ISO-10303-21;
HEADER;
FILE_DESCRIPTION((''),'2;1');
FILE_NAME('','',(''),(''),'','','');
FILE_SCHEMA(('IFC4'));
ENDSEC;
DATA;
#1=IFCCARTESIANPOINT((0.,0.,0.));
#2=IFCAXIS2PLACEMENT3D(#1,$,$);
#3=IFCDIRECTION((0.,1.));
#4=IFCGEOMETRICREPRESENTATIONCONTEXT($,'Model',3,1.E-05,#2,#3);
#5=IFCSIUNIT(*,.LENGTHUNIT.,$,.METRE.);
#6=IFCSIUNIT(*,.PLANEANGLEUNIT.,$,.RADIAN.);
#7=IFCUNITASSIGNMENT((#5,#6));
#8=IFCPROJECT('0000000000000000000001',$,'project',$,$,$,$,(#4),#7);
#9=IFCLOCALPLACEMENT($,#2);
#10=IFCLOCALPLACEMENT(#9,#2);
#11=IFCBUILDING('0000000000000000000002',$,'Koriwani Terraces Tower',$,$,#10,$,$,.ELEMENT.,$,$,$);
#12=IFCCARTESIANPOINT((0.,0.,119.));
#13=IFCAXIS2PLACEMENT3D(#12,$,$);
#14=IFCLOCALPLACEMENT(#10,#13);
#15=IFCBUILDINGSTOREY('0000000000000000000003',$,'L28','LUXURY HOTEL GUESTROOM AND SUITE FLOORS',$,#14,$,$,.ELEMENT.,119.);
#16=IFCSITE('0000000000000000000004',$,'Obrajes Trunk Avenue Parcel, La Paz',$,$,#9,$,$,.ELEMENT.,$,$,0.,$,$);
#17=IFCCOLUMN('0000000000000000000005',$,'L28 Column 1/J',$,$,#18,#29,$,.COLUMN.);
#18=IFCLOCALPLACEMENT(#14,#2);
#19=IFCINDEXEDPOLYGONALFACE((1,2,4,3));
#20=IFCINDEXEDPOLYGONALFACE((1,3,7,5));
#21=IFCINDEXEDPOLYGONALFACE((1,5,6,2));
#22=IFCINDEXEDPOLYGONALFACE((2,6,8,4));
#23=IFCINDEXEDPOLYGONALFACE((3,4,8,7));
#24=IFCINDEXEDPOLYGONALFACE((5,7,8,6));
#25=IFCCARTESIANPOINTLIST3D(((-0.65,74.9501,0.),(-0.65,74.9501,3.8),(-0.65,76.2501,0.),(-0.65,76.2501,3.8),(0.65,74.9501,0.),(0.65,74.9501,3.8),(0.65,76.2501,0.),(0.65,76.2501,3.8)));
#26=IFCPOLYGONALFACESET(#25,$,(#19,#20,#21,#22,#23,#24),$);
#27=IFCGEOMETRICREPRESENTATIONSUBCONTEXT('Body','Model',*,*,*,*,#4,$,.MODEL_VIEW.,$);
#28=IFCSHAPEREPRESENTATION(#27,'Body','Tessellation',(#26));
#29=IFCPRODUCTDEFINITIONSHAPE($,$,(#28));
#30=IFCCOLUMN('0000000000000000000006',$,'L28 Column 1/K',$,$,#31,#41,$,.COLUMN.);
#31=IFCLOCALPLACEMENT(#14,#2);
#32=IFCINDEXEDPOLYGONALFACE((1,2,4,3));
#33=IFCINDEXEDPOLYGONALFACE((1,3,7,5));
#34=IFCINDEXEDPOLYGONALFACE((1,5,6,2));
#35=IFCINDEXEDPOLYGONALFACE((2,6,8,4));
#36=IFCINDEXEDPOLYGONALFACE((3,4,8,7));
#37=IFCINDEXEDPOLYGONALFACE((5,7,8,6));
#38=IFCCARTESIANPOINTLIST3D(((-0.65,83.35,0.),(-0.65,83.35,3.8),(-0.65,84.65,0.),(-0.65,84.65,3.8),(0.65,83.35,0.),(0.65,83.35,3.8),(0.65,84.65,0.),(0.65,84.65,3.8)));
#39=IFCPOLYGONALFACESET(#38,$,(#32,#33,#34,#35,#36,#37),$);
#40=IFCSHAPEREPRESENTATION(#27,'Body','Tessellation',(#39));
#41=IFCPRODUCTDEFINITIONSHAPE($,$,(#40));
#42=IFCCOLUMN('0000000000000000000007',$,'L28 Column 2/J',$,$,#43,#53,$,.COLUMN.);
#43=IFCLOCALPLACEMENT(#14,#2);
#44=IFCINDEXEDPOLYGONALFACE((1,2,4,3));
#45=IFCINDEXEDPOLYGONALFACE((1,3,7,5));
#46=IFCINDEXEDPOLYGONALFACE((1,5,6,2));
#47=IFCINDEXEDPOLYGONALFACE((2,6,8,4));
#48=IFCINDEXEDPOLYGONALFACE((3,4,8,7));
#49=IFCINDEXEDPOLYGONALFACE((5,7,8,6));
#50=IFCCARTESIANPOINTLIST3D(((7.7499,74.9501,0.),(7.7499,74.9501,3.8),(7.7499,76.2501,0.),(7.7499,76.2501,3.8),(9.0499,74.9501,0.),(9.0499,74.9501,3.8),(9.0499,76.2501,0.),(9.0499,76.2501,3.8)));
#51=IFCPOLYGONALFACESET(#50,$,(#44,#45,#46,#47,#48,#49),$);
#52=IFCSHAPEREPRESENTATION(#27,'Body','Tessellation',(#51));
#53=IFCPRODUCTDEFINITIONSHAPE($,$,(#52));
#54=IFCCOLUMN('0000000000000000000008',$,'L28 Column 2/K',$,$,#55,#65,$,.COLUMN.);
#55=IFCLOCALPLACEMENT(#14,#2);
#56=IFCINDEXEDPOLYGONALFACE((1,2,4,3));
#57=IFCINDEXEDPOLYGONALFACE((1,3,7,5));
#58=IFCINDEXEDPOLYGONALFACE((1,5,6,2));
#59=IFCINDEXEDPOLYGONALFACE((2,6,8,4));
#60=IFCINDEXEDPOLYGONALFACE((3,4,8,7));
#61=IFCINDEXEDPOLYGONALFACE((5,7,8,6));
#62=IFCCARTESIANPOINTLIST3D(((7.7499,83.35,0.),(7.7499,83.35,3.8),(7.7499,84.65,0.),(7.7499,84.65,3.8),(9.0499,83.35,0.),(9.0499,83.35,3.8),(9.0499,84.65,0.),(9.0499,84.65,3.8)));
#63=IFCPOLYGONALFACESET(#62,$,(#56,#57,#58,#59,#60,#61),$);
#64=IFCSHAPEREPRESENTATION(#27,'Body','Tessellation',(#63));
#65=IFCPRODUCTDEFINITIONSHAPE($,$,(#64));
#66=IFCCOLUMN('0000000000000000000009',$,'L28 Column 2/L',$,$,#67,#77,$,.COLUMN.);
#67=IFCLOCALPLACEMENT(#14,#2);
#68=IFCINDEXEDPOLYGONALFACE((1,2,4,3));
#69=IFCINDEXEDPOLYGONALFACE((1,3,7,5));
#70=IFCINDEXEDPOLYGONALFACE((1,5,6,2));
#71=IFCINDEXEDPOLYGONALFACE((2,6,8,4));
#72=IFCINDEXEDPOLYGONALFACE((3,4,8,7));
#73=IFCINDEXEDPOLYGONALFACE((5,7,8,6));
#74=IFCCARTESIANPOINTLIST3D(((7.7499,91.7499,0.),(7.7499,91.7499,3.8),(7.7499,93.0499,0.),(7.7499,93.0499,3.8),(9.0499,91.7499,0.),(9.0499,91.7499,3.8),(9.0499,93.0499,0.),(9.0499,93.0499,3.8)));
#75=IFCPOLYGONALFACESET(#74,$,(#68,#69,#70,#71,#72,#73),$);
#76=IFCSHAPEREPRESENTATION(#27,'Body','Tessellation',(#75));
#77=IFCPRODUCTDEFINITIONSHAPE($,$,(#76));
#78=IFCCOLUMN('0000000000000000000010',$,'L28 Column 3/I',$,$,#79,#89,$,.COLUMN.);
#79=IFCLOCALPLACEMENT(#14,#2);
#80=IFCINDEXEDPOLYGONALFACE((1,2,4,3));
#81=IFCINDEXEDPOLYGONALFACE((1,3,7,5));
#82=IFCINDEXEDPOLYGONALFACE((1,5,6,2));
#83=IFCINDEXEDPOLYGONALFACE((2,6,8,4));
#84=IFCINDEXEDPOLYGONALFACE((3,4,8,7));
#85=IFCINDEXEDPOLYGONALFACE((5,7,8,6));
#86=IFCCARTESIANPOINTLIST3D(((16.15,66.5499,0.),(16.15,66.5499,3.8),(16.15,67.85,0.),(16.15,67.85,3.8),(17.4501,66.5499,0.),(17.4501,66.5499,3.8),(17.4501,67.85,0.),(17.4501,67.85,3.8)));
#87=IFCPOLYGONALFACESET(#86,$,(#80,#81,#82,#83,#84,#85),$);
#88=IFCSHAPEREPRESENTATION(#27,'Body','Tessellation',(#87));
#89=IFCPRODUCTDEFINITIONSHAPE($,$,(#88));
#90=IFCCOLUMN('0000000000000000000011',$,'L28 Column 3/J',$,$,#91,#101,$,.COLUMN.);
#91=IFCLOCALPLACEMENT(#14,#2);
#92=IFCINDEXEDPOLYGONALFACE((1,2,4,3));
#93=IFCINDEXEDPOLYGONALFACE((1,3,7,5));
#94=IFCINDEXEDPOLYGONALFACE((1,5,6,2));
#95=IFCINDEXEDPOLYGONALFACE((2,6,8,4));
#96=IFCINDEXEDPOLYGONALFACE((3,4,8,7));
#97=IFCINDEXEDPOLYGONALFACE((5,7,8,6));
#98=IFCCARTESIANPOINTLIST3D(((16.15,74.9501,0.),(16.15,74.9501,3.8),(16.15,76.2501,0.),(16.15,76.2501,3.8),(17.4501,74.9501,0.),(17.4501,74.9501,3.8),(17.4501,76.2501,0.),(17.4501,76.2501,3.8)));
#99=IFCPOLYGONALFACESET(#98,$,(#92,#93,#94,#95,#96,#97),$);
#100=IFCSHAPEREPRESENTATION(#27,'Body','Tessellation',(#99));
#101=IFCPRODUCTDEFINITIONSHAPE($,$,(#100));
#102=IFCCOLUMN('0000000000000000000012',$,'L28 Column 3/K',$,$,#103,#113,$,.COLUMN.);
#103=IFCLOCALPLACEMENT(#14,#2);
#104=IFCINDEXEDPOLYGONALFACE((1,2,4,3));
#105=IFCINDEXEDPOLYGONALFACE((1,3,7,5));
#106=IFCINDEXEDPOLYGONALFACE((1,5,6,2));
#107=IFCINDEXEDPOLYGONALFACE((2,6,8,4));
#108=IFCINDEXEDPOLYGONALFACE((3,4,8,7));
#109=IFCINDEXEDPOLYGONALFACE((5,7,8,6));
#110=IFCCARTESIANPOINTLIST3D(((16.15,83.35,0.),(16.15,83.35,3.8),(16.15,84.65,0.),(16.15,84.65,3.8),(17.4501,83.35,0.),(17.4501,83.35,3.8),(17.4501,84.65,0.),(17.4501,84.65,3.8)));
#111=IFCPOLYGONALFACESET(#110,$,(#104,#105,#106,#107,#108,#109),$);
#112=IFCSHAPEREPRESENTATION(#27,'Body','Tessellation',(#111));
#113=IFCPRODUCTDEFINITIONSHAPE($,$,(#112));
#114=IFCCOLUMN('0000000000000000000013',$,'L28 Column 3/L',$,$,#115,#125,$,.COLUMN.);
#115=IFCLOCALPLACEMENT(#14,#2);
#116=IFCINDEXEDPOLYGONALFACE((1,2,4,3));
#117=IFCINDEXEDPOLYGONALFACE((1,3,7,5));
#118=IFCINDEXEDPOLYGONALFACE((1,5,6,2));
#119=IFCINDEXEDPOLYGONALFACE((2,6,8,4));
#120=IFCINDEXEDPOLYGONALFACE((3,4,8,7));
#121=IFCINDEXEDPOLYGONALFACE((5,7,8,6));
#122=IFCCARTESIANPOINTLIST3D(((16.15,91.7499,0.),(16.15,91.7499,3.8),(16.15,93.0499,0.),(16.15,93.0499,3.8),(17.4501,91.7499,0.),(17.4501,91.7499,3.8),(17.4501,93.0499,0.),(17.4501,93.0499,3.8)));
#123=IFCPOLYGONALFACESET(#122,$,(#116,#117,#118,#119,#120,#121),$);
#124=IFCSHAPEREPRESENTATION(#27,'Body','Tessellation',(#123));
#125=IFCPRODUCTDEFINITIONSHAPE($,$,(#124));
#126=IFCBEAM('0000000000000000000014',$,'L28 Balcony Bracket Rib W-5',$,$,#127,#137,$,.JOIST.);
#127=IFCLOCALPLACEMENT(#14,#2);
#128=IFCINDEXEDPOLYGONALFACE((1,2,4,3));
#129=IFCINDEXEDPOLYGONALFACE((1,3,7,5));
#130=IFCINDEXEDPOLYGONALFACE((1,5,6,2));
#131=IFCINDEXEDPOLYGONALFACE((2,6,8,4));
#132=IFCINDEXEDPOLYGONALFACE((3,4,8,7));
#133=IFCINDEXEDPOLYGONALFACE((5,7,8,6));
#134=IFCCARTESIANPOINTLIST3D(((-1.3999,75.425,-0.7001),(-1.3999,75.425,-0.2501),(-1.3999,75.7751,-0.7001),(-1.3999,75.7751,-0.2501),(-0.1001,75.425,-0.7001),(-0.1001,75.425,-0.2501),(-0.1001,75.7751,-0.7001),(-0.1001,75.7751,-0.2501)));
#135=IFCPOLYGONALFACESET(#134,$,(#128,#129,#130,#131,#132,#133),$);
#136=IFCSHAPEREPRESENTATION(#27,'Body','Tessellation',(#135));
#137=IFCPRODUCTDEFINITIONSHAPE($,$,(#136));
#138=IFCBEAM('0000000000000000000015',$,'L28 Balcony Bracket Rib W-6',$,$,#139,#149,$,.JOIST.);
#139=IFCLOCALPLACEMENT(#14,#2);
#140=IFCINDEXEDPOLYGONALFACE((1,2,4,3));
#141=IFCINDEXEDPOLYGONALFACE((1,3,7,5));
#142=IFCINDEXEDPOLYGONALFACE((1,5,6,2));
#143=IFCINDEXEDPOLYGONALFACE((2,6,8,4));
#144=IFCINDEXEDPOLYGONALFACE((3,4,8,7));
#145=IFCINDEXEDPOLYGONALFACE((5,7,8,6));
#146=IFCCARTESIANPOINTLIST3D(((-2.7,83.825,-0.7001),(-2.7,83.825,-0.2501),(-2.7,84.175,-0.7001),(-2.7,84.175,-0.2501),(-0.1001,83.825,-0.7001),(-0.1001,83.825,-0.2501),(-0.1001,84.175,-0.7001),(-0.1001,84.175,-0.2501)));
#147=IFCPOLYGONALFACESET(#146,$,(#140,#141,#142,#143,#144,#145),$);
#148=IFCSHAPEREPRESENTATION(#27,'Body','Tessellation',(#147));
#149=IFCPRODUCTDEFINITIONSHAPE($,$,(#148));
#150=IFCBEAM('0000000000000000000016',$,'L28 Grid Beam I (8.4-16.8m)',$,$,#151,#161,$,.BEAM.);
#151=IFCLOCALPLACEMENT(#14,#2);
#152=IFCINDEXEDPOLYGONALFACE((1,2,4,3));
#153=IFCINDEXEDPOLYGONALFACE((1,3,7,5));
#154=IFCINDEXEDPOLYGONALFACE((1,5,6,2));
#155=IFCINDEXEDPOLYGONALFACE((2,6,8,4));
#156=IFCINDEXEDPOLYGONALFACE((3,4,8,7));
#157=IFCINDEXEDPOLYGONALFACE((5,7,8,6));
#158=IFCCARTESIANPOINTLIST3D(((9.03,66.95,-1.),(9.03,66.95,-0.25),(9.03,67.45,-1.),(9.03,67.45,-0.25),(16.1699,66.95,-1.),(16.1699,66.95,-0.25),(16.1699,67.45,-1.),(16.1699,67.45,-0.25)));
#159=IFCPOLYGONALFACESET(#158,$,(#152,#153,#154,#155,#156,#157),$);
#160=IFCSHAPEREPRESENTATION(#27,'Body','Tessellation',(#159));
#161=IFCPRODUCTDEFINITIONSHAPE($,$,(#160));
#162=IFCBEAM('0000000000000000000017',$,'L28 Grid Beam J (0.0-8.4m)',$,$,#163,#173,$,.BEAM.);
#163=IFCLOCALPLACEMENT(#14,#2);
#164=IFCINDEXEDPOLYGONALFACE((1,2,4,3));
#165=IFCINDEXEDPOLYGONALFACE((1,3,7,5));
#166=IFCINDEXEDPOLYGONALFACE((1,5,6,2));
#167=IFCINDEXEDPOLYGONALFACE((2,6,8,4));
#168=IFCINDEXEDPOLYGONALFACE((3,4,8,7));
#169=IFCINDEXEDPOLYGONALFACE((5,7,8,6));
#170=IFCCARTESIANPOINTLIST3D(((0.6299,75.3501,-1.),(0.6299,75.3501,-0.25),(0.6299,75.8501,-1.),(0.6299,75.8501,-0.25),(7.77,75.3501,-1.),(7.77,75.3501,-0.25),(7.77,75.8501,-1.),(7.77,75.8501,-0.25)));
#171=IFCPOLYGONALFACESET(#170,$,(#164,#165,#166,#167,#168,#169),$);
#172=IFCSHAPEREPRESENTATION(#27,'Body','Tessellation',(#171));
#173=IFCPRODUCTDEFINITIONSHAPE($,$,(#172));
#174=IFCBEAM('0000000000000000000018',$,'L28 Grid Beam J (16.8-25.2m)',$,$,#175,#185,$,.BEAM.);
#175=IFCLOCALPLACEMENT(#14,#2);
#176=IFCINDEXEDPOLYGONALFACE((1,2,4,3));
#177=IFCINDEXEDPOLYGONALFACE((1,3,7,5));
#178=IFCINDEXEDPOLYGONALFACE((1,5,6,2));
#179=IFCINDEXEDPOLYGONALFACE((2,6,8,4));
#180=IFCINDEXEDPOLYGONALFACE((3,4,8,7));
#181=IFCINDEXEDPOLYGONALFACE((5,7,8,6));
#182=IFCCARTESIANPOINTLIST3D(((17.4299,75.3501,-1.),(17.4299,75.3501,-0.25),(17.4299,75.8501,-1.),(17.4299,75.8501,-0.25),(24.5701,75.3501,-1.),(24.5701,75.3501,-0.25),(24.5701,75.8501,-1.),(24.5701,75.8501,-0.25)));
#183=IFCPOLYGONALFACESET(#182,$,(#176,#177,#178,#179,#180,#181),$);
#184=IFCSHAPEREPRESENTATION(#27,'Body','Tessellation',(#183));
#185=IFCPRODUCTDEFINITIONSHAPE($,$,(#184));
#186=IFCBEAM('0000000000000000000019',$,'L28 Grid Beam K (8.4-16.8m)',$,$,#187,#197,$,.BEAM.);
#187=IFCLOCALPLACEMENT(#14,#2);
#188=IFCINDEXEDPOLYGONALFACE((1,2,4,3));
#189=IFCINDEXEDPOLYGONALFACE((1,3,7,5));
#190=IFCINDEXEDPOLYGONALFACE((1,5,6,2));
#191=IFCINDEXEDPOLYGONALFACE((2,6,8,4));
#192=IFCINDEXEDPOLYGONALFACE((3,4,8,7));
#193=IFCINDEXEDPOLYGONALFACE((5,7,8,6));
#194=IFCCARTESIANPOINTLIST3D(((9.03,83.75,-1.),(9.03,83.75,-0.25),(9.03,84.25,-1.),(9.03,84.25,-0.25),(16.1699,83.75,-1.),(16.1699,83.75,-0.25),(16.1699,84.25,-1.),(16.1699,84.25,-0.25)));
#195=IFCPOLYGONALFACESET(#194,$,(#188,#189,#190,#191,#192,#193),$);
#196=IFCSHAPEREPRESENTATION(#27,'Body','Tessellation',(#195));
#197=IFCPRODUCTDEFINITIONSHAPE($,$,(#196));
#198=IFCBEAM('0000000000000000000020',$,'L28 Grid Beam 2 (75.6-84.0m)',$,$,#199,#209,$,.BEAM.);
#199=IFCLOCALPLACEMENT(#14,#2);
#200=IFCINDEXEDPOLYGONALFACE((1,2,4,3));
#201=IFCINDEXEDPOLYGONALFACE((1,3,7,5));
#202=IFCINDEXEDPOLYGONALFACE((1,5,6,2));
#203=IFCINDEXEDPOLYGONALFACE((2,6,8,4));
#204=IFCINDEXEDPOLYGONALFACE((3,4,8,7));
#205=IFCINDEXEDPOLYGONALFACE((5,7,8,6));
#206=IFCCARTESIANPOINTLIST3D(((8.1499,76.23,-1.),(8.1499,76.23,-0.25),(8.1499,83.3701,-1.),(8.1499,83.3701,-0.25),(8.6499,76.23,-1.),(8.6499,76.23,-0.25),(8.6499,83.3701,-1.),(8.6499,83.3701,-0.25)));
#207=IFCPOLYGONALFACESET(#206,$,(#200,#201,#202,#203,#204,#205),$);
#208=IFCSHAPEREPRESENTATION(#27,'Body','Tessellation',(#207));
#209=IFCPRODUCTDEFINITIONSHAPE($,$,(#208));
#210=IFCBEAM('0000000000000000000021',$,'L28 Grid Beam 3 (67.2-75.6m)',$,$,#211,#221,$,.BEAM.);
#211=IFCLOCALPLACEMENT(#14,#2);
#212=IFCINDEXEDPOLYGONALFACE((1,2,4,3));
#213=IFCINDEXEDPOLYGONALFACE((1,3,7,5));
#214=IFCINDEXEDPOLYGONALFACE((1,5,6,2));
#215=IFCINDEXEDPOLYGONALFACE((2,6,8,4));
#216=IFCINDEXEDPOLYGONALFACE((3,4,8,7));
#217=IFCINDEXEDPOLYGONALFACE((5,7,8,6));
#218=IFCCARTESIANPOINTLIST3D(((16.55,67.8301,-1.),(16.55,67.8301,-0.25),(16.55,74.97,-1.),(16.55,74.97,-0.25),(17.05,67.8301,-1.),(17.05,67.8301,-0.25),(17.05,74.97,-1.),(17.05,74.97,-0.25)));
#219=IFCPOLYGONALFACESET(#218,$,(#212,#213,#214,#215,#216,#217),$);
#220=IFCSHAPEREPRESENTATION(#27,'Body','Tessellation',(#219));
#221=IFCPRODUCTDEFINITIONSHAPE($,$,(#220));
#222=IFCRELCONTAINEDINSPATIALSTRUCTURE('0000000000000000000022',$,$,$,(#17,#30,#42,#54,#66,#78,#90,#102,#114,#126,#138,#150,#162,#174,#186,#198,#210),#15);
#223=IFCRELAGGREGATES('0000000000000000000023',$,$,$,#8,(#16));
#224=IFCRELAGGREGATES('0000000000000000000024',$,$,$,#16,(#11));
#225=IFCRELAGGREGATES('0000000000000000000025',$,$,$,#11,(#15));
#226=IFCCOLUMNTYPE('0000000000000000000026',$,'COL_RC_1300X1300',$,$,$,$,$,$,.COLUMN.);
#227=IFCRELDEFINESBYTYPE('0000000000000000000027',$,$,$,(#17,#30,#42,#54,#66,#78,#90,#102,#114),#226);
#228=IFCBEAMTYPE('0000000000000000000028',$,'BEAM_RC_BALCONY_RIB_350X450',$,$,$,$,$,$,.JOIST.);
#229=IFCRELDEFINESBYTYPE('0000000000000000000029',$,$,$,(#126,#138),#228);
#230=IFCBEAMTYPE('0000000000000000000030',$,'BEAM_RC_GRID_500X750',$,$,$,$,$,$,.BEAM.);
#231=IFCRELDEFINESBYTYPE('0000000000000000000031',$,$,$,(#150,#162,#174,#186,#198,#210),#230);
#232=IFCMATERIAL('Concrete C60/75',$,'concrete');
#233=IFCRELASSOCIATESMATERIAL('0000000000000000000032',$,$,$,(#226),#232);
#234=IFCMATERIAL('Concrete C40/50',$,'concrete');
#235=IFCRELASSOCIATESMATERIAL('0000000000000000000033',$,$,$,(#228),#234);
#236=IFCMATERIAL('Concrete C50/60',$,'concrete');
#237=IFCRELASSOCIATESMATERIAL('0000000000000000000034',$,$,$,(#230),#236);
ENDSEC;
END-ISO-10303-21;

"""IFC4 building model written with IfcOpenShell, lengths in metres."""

from ifc_helpers import new_model, si_unit, direction, frame, origin, origin_2d, place, context, subcontext, project, spatial, rectangle, extrude, material, material_profile, profile_set, type_object, element, save


model = new_model("IFC4")

# Units and contexts
model_context = context("Model", 3, precision=1e-05, world=origin(), true_north=direction((0.0, 1.0)))
body_context = subcontext(model_context, "Body", "Model", "MODEL_VIEW")
ifc_project = project(units=[si_unit("LENGTHUNIT", "METRE"), si_unit("PLANEANGLEUNIT", "RADIAN")], contexts=[model_context])

# Site, building, storey
site_placement = place(None, origin())
site = spatial("IfcSite", under=ifc_project, at=site_placement, Name="Obrajes Trunk Avenue Parcel, La Paz", CompositionType="ELEMENT", RefElevation=0.0)
building_placement = place(site_placement, origin())
building = spatial("IfcBuilding", under=site, at=building_placement, Name="Koriwani Terraces Tower", CompositionType="ELEMENT")
storey_placement = place(building_placement, frame((0.0, 0.0, 119.0)))
storey = spatial("IfcBuildingStorey", under=building, at=storey_placement, Name="L28", Description="LUXURY HOTEL GUESTROOM AND SUITE FLOORS", CompositionType="ELEMENT", Elevation=119.0)

# Columns
ifc_material_1 = material(Name="Concrete C60/75", Category="concrete")
ifc_material_profile_1 = material_profile(ifc_material_1, rectangle(XDim=1.3, YDim=1.3, at=origin_2d()), Name="Concrete C60/75", Category="LoadBearing")
ifc_profile_set_1 = profile_set([ifc_material_profile_1], Name="Concrete C60/75")
column_type = type_object("IfcColumnType", Name="COL_RC_1300X1300", PredefinedType="COLUMN", material=ifc_profile_set_1)
for number, where, z_axis, x_axis, name in (
    (1, (0.0, 75.6001, 0.0), (0.0, 0.0, 1.0), (1.0, 0.0, 0.0), "L28 Column 1/J"),
    (2, (0.0, 84.0, 0.0), (0.0, 0.0, 1.0), (1.0, 0.0, 0.0), "L28 Column 1/K"),
    (3, (8.3999, 75.6001, 0.0), (0.0, 0.0, 1.0), (1.0, 0.0, 0.0), "L28 Column 2/J"),
    (4, (8.3999, 84.0, 0.0), (0.0, 0.0, 1.0), (1.0, 0.0, 0.0), "L28 Column 2/K"),
    (5, (8.3999, 92.3999, 0.0), (0.0, 0.0, 1.0), (1.0, 0.0, 0.0), "L28 Column 2/L"),
    (6, (16.8, 67.2, 0.0), (0.0, 0.0, 1.0), (1.0, 0.0, 0.0), "L28 Column 3/I"),
    (7, (16.8, 75.6001, 0.0), (0.0, 0.0, 1.0), (1.0, 0.0, 0.0), "L28 Column 3/J"),
    (8, (16.8, 84.0, 0.0), (0.0, 0.0, 1.0), (1.0, 0.0, 0.0), "L28 Column 3/K"),
    (9, (16.8, 92.3999, 0.0), (0.0, 0.0, 1.0), (1.0, 0.0, 0.0), "L28 Column 3/L"),
):
    element("IfcColumn", number, at=place(storey_placement, frame(where, z_axis=z_axis, x_axis=x_axis)), inside=storey, type_object=column_type, Name=name, PredefinedType="COLUMN", context=body_context, shape_type="SweptSolid", body=[
        extrude(rectangle(XDim=1.3, YDim=1.3, at=origin_2d()), origin(), (0.0, 0.0, 1.0), 3.8),
    ])

# Beams
ifc_material_2 = material(Name="Concrete C40/50", Category="concrete")
ifc_material_profile_2 = material_profile(ifc_material_2, rectangle(XDim=0.3501, YDim=0.45, at=origin_2d()), Name="Concrete C40/50", Category="LoadBearing")
ifc_profile_set_2 = profile_set([ifc_material_profile_2], Name="Concrete C40/50")
beam_type_1 = type_object("IfcBeamType", Name="BEAM_RC_BALCONY_RIB_350X450", PredefinedType="JOIST", material=ifc_profile_set_2)
beam_1_placement = place(storey_placement, frame((-1.3999, 75.6001, -0.4751), z_axis=(1.0, 0.0, 0.0), x_axis=(0.0, 1.0, 0.0)))
element("IfcBeam", 10, at=beam_1_placement, inside=storey, type_object=beam_type_1, Name="L28 Balcony Bracket Rib W-5", PredefinedType="JOIST", context=body_context, shape_type="SweptSolid", body=[
    extrude(rectangle(XDim=0.3501, YDim=0.45, at=origin_2d()), origin(), (0.0, 0.0, 1.0), 1.2998),
])
beam_2_placement = place(storey_placement, frame((-2.7, 84.0, -0.4751), z_axis=(1.0, 0.0, 0.0), x_axis=(0.0, 1.0, 0.0)))
element("IfcBeam", 11, at=beam_2_placement, inside=storey, type_object=beam_type_1, Name="L28 Balcony Bracket Rib W-6", PredefinedType="JOIST", context=body_context, shape_type="SweptSolid", body=[
    extrude(rectangle(XDim=0.3501, YDim=0.45, at=origin_2d()), origin(), (0.0, 0.0, 1.0), 2.5999),
])
ifc_material_3 = material(Name="Concrete C50/60", Category="concrete")
ifc_material_profile_3 = material_profile(ifc_material_3, rectangle(XDim=0.5, YDim=0.75, at=origin_2d()), Name="Concrete C50/60", Category="LoadBearing")
ifc_profile_set_3 = profile_set([ifc_material_profile_3], Name="Concrete C50/60")
beam_type_2 = type_object("IfcBeamType", Name="BEAM_RC_GRID_500X750", PredefinedType="BEAM", material=ifc_profile_set_3)
beam_3_placement = place(storey_placement, frame((9.03, 67.2, -0.625), z_axis=(1.0, 0.0, 0.0), x_axis=(0.0, 1.0, 0.0)))
element("IfcBeam", 12, at=beam_3_placement, inside=storey, type_object=beam_type_2, Name="L28 Grid Beam I (8.4-16.8m)", PredefinedType="BEAM", context=body_context, shape_type="SweptSolid", body=[
    extrude(rectangle(XDim=0.5, YDim=0.75, at=origin_2d()), origin(), (0.0, 0.0, 1.0), 7.1399),
])
for number, where, z_axis, x_axis, name in (
    (13, (0.6299, 75.6001, -0.625), (1.0, 0.0, 0.0), (0.0, 1.0, 0.0), "L28 Grid Beam J (0.0-8.4m)"),
    (14, (17.4299, 75.6001, -0.625), (1.0, 0.0, 0.0), (0.0, 1.0, 0.0), "L28 Grid Beam J (16.8-25.2m)"),
):
    element("IfcBeam", number, at=place(storey_placement, frame(where, z_axis=z_axis, x_axis=x_axis)), inside=storey, type_object=beam_type_2, Name=name, PredefinedType="BEAM", context=body_context, shape_type="SweptSolid", body=[
        extrude(rectangle(XDim=0.5, YDim=0.75, at=origin_2d()), origin(), (0.0, 0.0, 1.0), 7.1401),
    ])
beam_4_placement = place(storey_placement, frame((9.03, 84.0, -0.625), z_axis=(1.0, 0.0, 0.0), x_axis=(0.0, 1.0, 0.0)))
element("IfcBeam", 15, at=beam_4_placement, inside=storey, type_object=beam_type_2, Name="L28 Grid Beam K (8.4-16.8m)", PredefinedType="BEAM", context=body_context, shape_type="SweptSolid", body=[
    extrude(rectangle(XDim=0.5, YDim=0.75, at=origin_2d()), origin(), (0.0, 0.0, 1.0), 7.1399),
])
beam_5_placement = place(storey_placement, frame((8.3999, 76.23, -0.625), z_axis=(0.0, 1.0, 0.0), x_axis=(-1.0, 0.0, 0.0)))
element("IfcBeam", 16, at=beam_5_placement, inside=storey, type_object=beam_type_2, Name="L28 Grid Beam 2 (75.6-84.0m)", PredefinedType="BEAM", context=body_context, shape_type="SweptSolid", body=[
    extrude(rectangle(XDim=0.5, YDim=0.75, at=origin_2d()), origin(), (0.0, 0.0, 1.0), 7.1401),
])
beam_6_placement = place(storey_placement, frame((16.8, 67.8301, -0.625), z_axis=(0.0, 1.0, 0.0), x_axis=(-1.0, 0.0, 0.0)))
element("IfcBeam", 17, at=beam_6_placement, inside=storey, type_object=beam_type_2, Name="L28 Grid Beam 3 (67.2-75.6m)", PredefinedType="BEAM", context=body_context, shape_type="SweptSolid", body=[
    extrude(rectangle(XDim=0.5, YDim=0.75, at=origin_2d()), origin(), (0.0, 0.0, 1.0), 7.1399),
])

save(model, "model.ifc")
